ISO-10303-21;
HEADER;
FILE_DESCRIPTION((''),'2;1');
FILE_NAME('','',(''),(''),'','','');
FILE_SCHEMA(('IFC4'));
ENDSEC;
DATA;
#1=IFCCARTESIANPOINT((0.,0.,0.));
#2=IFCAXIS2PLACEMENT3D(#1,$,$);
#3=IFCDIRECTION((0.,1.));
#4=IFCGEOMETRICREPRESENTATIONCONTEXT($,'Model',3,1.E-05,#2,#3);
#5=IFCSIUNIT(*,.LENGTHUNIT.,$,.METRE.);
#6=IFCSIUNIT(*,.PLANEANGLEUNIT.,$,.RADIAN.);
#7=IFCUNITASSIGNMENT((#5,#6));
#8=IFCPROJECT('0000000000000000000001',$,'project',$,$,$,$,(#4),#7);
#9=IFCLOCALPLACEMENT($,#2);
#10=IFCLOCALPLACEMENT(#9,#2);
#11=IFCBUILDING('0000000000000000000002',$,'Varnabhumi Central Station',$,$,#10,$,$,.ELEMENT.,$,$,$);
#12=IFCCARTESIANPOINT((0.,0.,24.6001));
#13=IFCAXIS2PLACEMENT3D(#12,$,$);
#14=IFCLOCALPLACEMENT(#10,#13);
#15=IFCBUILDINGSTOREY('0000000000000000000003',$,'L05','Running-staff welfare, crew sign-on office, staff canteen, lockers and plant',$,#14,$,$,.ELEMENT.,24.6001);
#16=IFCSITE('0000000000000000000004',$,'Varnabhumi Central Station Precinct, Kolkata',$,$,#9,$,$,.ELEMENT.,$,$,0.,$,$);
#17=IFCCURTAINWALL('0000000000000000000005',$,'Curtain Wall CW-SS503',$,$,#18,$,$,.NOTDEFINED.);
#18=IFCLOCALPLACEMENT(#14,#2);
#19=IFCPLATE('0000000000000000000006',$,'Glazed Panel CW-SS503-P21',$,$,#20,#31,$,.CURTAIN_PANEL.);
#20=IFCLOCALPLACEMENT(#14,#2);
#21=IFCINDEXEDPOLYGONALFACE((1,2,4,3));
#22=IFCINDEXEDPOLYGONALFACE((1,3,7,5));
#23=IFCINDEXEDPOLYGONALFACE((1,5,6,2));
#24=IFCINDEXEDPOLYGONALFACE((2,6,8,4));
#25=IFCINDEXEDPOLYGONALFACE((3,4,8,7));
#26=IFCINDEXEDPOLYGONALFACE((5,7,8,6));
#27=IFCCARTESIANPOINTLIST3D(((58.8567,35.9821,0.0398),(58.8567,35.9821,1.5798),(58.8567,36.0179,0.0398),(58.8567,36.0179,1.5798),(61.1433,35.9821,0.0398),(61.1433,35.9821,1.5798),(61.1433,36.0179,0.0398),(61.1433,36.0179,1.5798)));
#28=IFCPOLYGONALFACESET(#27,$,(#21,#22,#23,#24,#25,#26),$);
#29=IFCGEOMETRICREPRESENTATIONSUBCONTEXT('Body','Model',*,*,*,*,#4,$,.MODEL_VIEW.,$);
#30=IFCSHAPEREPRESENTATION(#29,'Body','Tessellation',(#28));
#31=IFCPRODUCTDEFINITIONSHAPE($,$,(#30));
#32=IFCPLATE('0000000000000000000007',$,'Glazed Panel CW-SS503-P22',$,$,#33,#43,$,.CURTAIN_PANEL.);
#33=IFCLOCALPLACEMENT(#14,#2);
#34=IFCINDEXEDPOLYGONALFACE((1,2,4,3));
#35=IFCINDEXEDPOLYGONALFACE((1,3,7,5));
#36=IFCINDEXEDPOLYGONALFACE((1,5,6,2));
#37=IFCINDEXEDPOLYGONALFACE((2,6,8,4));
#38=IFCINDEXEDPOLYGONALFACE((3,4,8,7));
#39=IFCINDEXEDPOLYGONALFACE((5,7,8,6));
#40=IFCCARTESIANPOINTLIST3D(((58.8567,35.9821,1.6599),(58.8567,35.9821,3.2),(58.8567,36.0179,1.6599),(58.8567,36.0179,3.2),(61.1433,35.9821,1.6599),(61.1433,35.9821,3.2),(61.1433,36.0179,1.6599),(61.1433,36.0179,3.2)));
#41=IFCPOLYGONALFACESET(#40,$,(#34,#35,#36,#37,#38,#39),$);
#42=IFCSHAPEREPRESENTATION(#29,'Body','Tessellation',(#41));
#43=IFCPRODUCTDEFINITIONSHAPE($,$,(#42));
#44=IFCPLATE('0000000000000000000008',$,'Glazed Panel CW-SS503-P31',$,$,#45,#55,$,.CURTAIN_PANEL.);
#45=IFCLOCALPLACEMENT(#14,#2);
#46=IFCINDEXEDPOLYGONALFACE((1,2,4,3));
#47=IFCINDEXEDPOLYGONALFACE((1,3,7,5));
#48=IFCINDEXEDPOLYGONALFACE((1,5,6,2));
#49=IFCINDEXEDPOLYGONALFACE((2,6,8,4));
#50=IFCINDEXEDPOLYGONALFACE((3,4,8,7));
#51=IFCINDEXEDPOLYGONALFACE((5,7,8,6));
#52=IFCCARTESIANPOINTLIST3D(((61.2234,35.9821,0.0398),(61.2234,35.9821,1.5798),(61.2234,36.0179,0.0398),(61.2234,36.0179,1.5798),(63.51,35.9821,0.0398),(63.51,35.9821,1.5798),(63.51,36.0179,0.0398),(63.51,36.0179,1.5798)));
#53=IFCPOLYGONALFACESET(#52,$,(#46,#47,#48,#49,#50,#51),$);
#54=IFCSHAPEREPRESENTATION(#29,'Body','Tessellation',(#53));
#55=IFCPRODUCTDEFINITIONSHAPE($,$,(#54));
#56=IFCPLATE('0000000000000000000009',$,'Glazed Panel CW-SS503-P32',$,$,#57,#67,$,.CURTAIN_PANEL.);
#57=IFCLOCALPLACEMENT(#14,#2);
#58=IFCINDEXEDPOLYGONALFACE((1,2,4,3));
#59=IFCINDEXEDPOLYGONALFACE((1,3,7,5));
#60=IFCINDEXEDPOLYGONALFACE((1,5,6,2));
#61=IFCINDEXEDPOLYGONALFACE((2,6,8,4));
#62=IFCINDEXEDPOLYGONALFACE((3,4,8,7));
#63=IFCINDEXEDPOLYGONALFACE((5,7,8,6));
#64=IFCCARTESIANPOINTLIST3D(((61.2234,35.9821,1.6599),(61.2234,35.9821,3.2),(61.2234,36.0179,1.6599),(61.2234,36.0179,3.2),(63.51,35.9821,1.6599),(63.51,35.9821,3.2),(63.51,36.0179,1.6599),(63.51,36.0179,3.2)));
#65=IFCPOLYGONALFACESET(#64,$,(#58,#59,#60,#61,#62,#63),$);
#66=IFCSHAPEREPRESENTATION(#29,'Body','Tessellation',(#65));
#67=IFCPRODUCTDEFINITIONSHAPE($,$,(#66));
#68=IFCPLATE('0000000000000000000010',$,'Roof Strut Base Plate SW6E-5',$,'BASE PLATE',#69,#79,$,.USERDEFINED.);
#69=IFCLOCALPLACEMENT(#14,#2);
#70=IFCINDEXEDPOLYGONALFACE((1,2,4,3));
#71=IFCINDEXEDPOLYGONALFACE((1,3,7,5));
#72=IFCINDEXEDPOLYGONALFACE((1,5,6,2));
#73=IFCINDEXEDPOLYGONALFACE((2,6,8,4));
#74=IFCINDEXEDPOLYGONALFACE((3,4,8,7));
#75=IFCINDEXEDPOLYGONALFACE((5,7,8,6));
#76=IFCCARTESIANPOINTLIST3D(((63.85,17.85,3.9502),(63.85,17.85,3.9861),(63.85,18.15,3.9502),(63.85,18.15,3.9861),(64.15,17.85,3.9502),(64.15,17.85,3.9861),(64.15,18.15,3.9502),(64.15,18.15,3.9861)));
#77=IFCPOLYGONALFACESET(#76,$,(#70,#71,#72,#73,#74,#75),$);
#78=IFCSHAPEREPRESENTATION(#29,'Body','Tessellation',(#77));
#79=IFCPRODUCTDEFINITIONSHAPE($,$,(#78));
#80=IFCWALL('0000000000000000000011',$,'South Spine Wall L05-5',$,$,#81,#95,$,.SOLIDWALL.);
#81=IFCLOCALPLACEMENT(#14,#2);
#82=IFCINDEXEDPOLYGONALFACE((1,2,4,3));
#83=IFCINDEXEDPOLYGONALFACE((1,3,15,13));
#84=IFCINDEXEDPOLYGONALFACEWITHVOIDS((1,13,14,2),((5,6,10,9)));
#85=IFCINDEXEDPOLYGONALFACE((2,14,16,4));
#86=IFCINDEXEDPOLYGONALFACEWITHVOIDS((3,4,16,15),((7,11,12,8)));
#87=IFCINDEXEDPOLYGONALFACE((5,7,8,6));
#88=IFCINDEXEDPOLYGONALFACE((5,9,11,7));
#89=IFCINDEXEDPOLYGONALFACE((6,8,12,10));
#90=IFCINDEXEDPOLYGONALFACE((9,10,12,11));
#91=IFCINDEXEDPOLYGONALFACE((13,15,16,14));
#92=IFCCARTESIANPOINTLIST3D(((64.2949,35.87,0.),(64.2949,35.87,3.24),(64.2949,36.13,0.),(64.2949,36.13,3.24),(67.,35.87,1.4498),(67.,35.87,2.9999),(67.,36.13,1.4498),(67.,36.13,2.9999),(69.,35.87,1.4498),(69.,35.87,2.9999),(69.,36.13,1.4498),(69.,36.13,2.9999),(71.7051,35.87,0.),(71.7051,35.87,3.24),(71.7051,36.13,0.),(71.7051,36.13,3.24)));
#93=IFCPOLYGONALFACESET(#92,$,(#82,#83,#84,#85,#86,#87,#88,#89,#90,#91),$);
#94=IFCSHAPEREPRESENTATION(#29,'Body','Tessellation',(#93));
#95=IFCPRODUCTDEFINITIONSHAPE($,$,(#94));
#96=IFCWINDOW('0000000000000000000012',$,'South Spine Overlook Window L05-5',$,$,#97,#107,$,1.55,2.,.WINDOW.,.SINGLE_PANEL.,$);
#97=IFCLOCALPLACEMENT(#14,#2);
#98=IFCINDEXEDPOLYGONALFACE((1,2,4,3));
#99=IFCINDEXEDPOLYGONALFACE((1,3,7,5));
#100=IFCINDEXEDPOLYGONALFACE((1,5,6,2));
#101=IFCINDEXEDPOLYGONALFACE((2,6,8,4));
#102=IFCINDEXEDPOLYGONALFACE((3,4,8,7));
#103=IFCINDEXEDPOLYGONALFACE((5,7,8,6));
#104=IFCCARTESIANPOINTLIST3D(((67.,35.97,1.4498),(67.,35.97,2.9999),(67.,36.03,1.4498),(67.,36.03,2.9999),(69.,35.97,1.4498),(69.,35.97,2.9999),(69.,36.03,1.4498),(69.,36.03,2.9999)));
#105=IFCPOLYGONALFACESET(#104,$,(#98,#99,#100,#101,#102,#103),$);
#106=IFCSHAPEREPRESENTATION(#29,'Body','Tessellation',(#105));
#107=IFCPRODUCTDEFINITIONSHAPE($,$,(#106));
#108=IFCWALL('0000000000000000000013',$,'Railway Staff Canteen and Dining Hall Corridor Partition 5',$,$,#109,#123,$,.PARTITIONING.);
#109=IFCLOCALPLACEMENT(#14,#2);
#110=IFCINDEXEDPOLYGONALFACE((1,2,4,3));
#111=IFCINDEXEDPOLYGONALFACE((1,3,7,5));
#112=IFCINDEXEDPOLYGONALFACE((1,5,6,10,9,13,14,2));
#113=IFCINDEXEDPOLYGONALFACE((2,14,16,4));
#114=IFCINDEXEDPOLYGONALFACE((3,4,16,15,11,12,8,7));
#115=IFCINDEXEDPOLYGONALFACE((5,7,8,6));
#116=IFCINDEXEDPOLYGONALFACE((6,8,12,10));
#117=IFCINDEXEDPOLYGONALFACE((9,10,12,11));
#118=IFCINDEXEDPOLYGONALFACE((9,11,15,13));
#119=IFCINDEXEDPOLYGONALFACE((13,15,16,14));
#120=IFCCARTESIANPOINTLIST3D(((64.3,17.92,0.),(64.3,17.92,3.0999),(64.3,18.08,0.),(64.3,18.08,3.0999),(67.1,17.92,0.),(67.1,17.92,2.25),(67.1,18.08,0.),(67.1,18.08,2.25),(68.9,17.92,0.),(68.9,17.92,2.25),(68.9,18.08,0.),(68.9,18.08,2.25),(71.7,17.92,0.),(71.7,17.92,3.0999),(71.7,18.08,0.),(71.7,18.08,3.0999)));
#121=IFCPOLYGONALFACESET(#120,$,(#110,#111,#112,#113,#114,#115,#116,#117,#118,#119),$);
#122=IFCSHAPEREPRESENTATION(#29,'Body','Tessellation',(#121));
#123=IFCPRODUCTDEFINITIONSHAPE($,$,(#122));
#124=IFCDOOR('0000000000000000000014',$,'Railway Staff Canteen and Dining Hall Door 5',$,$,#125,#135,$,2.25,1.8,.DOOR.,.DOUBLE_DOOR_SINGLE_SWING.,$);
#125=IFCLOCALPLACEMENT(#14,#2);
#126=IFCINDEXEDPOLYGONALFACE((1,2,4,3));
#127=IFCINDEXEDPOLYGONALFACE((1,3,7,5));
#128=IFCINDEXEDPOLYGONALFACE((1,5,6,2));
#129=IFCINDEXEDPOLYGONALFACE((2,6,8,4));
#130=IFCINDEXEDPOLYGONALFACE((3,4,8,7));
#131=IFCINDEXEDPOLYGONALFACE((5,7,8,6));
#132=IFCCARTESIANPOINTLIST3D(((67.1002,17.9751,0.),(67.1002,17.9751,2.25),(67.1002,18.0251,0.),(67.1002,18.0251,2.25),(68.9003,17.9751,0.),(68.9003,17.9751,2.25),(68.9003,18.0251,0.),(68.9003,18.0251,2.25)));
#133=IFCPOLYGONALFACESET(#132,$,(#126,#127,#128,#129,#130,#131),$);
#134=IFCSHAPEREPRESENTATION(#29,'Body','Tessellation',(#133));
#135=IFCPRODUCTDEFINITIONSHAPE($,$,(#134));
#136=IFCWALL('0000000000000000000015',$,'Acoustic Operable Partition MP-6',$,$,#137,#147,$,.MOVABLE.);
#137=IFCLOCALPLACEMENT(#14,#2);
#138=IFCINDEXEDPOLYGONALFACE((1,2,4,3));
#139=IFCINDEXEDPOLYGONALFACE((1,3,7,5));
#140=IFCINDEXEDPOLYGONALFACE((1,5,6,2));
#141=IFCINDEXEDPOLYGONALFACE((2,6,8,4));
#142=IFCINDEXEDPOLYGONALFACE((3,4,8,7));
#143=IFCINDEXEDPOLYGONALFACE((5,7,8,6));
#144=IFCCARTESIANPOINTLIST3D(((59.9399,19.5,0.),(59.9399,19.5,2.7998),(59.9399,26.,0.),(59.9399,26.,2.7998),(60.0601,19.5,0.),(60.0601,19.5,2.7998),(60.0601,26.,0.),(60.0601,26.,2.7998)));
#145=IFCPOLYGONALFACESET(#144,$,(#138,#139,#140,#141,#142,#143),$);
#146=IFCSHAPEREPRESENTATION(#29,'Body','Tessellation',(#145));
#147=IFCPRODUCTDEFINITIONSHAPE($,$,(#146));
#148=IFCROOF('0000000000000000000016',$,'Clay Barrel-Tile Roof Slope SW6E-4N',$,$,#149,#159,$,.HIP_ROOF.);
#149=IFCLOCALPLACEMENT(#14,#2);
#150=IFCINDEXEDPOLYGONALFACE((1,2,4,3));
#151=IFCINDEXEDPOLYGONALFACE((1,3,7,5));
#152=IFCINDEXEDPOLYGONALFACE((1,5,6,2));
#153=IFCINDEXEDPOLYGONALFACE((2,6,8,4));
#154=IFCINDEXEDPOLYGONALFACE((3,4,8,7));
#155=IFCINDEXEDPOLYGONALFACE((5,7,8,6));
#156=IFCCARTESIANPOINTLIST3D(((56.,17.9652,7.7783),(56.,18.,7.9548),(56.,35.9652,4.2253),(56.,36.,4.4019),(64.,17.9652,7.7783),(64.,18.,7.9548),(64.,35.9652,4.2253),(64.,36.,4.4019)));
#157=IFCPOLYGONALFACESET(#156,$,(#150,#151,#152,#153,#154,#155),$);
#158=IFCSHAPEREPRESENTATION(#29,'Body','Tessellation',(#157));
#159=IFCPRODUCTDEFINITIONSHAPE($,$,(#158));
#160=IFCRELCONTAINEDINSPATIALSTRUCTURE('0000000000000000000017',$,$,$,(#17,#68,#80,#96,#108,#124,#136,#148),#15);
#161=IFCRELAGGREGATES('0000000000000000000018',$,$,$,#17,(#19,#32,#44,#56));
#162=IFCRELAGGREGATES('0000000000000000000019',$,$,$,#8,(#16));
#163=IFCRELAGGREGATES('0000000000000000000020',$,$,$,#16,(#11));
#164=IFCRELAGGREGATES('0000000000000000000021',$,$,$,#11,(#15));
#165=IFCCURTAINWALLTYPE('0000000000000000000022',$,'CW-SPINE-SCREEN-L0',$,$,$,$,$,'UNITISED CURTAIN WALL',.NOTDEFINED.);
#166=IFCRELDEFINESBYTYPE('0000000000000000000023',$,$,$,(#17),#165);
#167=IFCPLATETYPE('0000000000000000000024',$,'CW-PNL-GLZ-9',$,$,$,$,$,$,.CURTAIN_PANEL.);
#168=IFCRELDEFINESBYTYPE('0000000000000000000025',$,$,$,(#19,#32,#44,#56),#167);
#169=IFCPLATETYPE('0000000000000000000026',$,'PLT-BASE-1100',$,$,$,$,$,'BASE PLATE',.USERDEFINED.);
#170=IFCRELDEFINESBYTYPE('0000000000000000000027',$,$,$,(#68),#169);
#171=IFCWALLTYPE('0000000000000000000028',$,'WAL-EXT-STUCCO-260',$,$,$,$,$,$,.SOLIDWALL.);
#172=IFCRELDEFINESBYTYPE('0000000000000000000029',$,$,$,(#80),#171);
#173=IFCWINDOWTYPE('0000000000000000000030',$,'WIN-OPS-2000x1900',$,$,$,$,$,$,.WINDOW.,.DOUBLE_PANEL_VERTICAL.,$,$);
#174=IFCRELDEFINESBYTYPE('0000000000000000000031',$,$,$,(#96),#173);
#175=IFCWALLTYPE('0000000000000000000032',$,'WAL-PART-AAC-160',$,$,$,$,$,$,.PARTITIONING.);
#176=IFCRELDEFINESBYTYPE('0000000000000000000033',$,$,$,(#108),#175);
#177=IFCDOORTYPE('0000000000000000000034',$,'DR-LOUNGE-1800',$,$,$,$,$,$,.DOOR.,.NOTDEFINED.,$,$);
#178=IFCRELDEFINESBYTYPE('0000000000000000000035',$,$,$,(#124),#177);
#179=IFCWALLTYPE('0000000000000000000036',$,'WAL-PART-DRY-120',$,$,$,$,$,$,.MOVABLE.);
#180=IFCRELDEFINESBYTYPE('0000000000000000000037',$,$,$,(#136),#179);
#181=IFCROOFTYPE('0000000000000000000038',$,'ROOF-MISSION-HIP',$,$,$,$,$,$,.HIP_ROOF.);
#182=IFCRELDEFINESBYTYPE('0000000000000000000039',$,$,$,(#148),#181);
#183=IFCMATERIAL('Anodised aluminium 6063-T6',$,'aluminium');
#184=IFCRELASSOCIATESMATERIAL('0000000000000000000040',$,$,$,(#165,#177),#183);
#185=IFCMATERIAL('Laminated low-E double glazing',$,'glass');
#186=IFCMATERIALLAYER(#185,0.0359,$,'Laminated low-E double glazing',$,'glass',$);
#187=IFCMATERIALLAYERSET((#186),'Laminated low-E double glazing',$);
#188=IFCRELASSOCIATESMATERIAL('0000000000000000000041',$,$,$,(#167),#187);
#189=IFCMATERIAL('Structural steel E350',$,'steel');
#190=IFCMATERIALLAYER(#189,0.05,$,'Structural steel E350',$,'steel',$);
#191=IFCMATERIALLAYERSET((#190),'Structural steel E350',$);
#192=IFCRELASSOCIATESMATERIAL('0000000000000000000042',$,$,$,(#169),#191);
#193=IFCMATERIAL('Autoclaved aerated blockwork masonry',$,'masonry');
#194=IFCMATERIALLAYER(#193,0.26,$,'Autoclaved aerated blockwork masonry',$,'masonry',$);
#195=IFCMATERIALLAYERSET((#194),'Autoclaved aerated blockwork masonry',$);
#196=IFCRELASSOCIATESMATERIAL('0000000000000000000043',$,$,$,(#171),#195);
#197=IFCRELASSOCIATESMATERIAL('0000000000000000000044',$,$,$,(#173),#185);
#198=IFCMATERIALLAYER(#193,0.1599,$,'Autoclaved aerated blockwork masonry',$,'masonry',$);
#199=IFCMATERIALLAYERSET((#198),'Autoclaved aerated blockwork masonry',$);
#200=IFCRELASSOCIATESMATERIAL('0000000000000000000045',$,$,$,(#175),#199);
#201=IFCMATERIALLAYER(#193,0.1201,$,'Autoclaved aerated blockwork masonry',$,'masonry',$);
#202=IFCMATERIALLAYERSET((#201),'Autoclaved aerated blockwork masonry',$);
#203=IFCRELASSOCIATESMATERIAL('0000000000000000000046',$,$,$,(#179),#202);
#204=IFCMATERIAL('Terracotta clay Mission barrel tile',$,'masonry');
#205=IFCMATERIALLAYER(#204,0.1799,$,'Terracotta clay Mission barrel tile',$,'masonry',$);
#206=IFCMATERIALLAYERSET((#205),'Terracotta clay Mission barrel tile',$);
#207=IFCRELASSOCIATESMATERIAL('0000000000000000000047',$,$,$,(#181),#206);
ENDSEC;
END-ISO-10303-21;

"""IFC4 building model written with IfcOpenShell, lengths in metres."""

from ifc_helpers import new_model, si_unit, direction, frame, frame_2d, origin, origin_2d, place, context, subcontext, project, spatial, polyline, rectangle, outline, extrude, material, layer, layer_set, type_object, element, fill, aggregate, save


model = new_model("IFC4")

# Units and contexts
model_context = context("Model", 3, precision=1e-05, world=origin(), true_north=direction((0.0, 1.0)))
body_context = subcontext(model_context, "Body", "Model", "MODEL_VIEW")
ifc_project = project(units=[si_unit("LENGTHUNIT", "METRE"), si_unit("PLANEANGLEUNIT", "RADIAN")], contexts=[model_context])

# Site, building, storey
site_placement = place(None, origin())
site = spatial("IfcSite", under=ifc_project, at=site_placement, Name="Varnabhumi Central Station Precinct, Kolkata", CompositionType="ELEMENT", RefElevation=0.0)
building_placement = place(site_placement, origin())
building = spatial("IfcBuilding", under=site, at=building_placement, Name="Varnabhumi Central Station", CompositionType="ELEMENT")
storey_placement = place(building_placement, frame((0.0, 0.0, 24.6001)))
storey = spatial("IfcBuildingStorey", under=building, at=storey_placement, Name="L05", Description="Running-staff welfare, crew sign-on office, staff canteen, lockers and plant", CompositionType="ELEMENT", Elevation=24.6001)

# Shared definitions
ifc_material_1 = material(Name="Structural steel E350", Category="steel")

# Curtain wall
ifc_material_2 = material(Name="Anodised aluminium 6063-T6", Category="aluminium")
curtain_wall_type = type_object("IfcCurtainWallType", Name="CW-SPINE-SCREEN-L0", ElementType="UNITISED CURTAIN WALL", PredefinedType="NOTDEFINED", material=ifc_material_2)
curtain_wall_placement = place(storey_placement, origin())
curtain_wall = element("IfcCurtainWall", 1, at=curtain_wall_placement, inside=storey, type_object=curtain_wall_type, Name="Curtain Wall CW-SS503", PredefinedType="NOTDEFINED")

# Plates
ifc_material_3 = material(Name="Laminated low-E double glazing", Category="glass")
ifc_layer_1 = layer(ifc_material_3, 0.0359, Name="Laminated low-E double glazing", Category="glass")
ifc_layer_set_1 = layer_set([ifc_layer_1], Name="Laminated low-E double glazing")
plate_type_1 = type_object("IfcPlateType", Name="CW-PNL-GLZ-9", PredefinedType="CURTAIN_PANEL", material=ifc_layer_set_1)
plate_1_placement = place(storey_placement, frame((60.0, 36.0, 0.0398), z_axis=(0.0, 0.0, 1.0), x_axis=(1.0, 0.0, 0.0)))
plate_1 = element("IfcPlate", 2, at=plate_1_placement, type_object=plate_type_1, Name="Glazed Panel CW-SS503-P21", PredefinedType="CURTAIN_PANEL", context=body_context, shape_type="SweptSolid", body=[
    extrude(rectangle(XDim=2.2866, YDim=0.0359, at=origin_2d()), origin(), (0.0, 0.0, 1.0), 1.54),
])
plate_2_placement = place(storey_placement, frame((60.0, 36.0, 1.6599), z_axis=(0.0, 0.0, 1.0), x_axis=(1.0, 0.0, 0.0)))
plate_2 = element("IfcPlate", 3, at=plate_2_placement, type_object=plate_type_1, Name="Glazed Panel CW-SS503-P22", PredefinedType="CURTAIN_PANEL", context=body_context, shape_type="SweptSolid", body=[
    extrude(rectangle(XDim=2.2866, YDim=0.0359, at=origin_2d()), origin(), (0.0, 0.0, 1.0), 1.54),
])
plate_3_placement = place(storey_placement, frame((62.3667, 36.0, 0.0398), z_axis=(0.0, 0.0, 1.0), x_axis=(1.0, 0.0, 0.0)))
plate_3 = element("IfcPlate", 4, at=plate_3_placement, type_object=plate_type_1, Name="Glazed Panel CW-SS503-P31", PredefinedType="CURTAIN_PANEL", context=body_context, shape_type="SweptSolid", body=[
    extrude(rectangle(XDim=2.2866, YDim=0.0359, at=origin_2d()), origin(), (0.0, 0.0, 1.0), 1.54),
])
plate_4_placement = place(storey_placement, frame((62.3667, 36.0, 1.6599), z_axis=(0.0, 0.0, 1.0), x_axis=(1.0, 0.0, 0.0)))
plate_4 = element("IfcPlate", 5, at=plate_4_placement, type_object=plate_type_1, Name="Glazed Panel CW-SS503-P32", PredefinedType="CURTAIN_PANEL", context=body_context, shape_type="SweptSolid", body=[
    extrude(rectangle(XDim=2.2866, YDim=0.0359, at=origin_2d()), origin(), (0.0, 0.0, 1.0), 1.54),
])
aggregate(curtain_wall, [plate_1, plate_2, plate_3, plate_4])
ifc_layer_2 = layer(ifc_material_1, 0.05, Name="Structural steel E350", Category="steel")
ifc_layer_set_2 = layer_set([ifc_layer_2], Name="Structural steel E350")
plate_type_2 = type_object("IfcPlateType", Name="PLT-BASE-1100", ElementType="BASE PLATE", PredefinedType="USERDEFINED", material=ifc_layer_set_2)
plate_5_placement = place(storey_placement, frame((64.0, 18.0, 3.9502), z_axis=(0.0, 0.0, 1.0), x_axis=(1.0, 0.0, 0.0)))
element("IfcPlate", 6, at=plate_5_placement, inside=storey, type_object=plate_type_2, Name="Roof Strut Base Plate SW6E-5", ObjectType="BASE PLATE", PredefinedType="USERDEFINED", context=body_context, shape_type="SweptSolid", body=[
    extrude(rectangle(XDim=0.3, YDim=0.3, at=origin_2d()), origin(), (0.0, 0.0, 1.0), 0.0359),
])

# Wall, opening, window
ifc_material_4 = material(Name="Autoclaved aerated blockwork masonry", Category="masonry")
ifc_layer_3 = layer(ifc_material_4, 0.26, Name="Autoclaved aerated blockwork masonry", Category="masonry")
ifc_layer_set_3 = layer_set([ifc_layer_3], Name="Autoclaved aerated blockwork masonry")
wall_type_1 = type_object("IfcWallType", Name="WAL-EXT-STUCCO-260", PredefinedType="SOLIDWALL", material=ifc_layer_set_3)
wall_1_placement = place(storey_placement, frame((64.2949, 36.0, 0.0), z_axis=(0.0, 0.0, 1.0), x_axis=(1.0, 0.0, 0.0)))
wall_1 = element("IfcWall", 7, at=wall_1_placement, inside=storey, type_object=wall_type_1, Name="South Spine Wall L05-5", PredefinedType="SOLIDWALL", context=body_context, shape_type="SweptSolid", body=[
    extrude(rectangle(XDim=7.4102, YDim=0.26, at=frame_2d((3.7051, 0.0))), origin(), (0.0, 0.0, 1.0), 3.24),
])
opening_1_placement = place(wall_1_placement, frame((2.7051, 0.0, 1.45)))
opening_1 = element("IfcOpeningElement", 8, at=opening_1_placement, cuts=wall_1, PredefinedType="OPENING", context=body_context, shape_type="SweptSolid", body=[
    extrude(rectangle(XDim=2.0, YDim=1.55, at=frame_2d((1.0, 0.7749))), frame((0.0, 0.1399, 0.0), z_axis=(0.0, -1.0, 0.0), x_axis=(1.0, 0.0, 0.0)), (0.0, 0.0, 1.0), 0.28),
])
window_type = type_object("IfcWindowType", Name="WIN-OPS-2000x1900", PartitioningType="DOUBLE_PANEL_VERTICAL", PredefinedType="WINDOW", material=ifc_material_3)
window_placement = place(opening_1_placement, origin())
window = element("IfcWindow", 9, at=window_placement, inside=storey, type_object=window_type, Name="South Spine Overlook Window L05-5", OverallHeight=1.55, OverallWidth=2.0, PartitioningType="SINGLE_PANEL", PredefinedType="WINDOW", context=body_context, shape_type="SweptSolid", body=[
    extrude(rectangle(XDim=2.0, YDim=1.55, at=frame_2d((1.0, 0.7749))), frame((0.0, 0.03, 0.0), z_axis=(0.0, -1.0, 0.0), x_axis=(1.0, 0.0, 0.0)), (0.0, 0.0, 1.0), 0.0601),
])
fill(opening_1, window)

# Wall, opening, door
ifc_layer_4 = layer(ifc_material_4, 0.1599, Name="Autoclaved aerated blockwork masonry", Category="masonry")
ifc_layer_set_4 = layer_set([ifc_layer_4], Name="Autoclaved aerated blockwork masonry")
wall_type_2 = type_object("IfcWallType", Name="WAL-PART-AAC-160", PredefinedType="PARTITIONING", material=ifc_layer_set_4)
wall_2_placement = place(storey_placement, frame((64.3, 18.0, 0.0), z_axis=(0.0, 0.0, 1.0), x_axis=(1.0, 0.0, 0.0)))
wall_2 = element("IfcWall", 10, at=wall_2_placement, inside=storey, type_object=wall_type_2, Name="Railway Staff Canteen and Dining Hall Corridor Partition 5", PredefinedType="PARTITIONING", context=body_context, shape_type="SweptSolid", body=[
    extrude(rectangle(XDim=7.3999, YDim=0.1599, at=frame_2d((3.7, 0.0))), origin(), (0.0, 0.0, 1.0), 3.0999),
])
opening_2_placement = place(wall_2_placement, frame((2.8, 0.0, 0.0)))
opening_2 = element("IfcOpeningElement", 11, at=opening_2_placement, cuts=wall_2, PredefinedType="OPENING", context=body_context, shape_type="SweptSolid", body=[
    extrude(rectangle(XDim=1.8, YDim=2.25, at=frame_2d((0.8999, 1.125))), frame((0.0, 0.0898, 0.0), z_axis=(0.0, -1.0, 0.0), x_axis=(1.0, 0.0, 0.0)), (0.0, 0.0, 1.0), 0.1799),
])
door_type = type_object("IfcDoorType", Name="DR-LOUNGE-1800", OperationType="NOTDEFINED", PredefinedType="DOOR", material=ifc_material_2)
door_placement = place(opening_2_placement, frame((1.8, 0.0, 0.0), z_axis=(0.0, 0.0, 1.0), x_axis=(-1.0, 0.0, 0.0)))
door = element("IfcDoor", 12, at=door_placement, inside=storey, type_object=door_type, Name="Railway Staff Canteen and Dining Hall Door 5", OperationType="DOUBLE_DOOR_SINGLE_SWING", OverallHeight=2.25, OverallWidth=1.8, PredefinedType="DOOR", context=body_context, shape_type="SweptSolid", body=[
    extrude(rectangle(XDim=1.8, YDim=2.25, at=frame_2d((0.8999, 1.125))), frame((0.0, 0.0249, 0.0), z_axis=(0.0, -1.0, 0.0), x_axis=(1.0, 0.0, 0.0)), (0.0, 0.0, 1.0), 0.05),
])
fill(opening_2, door)

# Wall
ifc_layer_5 = layer(ifc_material_4, 0.1201, Name="Autoclaved aerated blockwork masonry", Category="masonry")
ifc_layer_set_5 = layer_set([ifc_layer_5], Name="Autoclaved aerated blockwork masonry")
wall_type_3 = type_object("IfcWallType", Name="WAL-PART-DRY-120", PredefinedType="MOVABLE", material=ifc_layer_set_5)
wall_3_placement = place(storey_placement, frame((60.0, 19.5, 0.0), z_axis=(0.0, 0.0, 1.0), x_axis=(0.0, 1.0, 0.0)))
element("IfcWall", 13, at=wall_3_placement, inside=storey, type_object=wall_type_3, Name="Acoustic Operable Partition MP-6", PredefinedType="MOVABLE", context=body_context, shape_type="SweptSolid", body=[
    extrude(rectangle(XDim=6.5, YDim=0.1201, at=frame_2d((3.25, 0.0))), origin(), (0.0, 0.0, 1.0), 2.7998),
])

# Roof
ifc_material_5 = material(Name="Terracotta clay Mission barrel tile", Category="masonry")
ifc_layer_6 = layer(ifc_material_5, 0.1799, Name="Terracotta clay Mission barrel tile", Category="masonry")
ifc_layer_set_6 = layer_set([ifc_layer_6], Name="Terracotta clay Mission barrel tile")
roof_type = type_object("IfcRoofType", Name="ROOF-MISSION-HIP", PredefinedType="HIP_ROOF", material=ifc_layer_set_6)
roof_placement = place(storey_placement, frame((64.0, 36.0, 4.4019), z_axis=(0.0, 0.193651, 0.98107), x_axis=(-1.0, 0.0, 0.0)))
element("IfcRoof", 14, at=roof_placement, inside=storey, type_object=roof_type, Name="Clay Barrel-Tile Roof Slope SW6E-4N", PredefinedType="HIP_ROOF", context=body_context, shape_type="SweptSolid", body=[
    extrude(outline(polyline([(0.0, 0.0), (8.0, 0.0), (8.0, 18.3473), (0.0, 18.3473), (0.0, 0.0)])), origin(), (0.0, 0.0, -1.0), 0.1799),
])

save(model, "model.ifc")
